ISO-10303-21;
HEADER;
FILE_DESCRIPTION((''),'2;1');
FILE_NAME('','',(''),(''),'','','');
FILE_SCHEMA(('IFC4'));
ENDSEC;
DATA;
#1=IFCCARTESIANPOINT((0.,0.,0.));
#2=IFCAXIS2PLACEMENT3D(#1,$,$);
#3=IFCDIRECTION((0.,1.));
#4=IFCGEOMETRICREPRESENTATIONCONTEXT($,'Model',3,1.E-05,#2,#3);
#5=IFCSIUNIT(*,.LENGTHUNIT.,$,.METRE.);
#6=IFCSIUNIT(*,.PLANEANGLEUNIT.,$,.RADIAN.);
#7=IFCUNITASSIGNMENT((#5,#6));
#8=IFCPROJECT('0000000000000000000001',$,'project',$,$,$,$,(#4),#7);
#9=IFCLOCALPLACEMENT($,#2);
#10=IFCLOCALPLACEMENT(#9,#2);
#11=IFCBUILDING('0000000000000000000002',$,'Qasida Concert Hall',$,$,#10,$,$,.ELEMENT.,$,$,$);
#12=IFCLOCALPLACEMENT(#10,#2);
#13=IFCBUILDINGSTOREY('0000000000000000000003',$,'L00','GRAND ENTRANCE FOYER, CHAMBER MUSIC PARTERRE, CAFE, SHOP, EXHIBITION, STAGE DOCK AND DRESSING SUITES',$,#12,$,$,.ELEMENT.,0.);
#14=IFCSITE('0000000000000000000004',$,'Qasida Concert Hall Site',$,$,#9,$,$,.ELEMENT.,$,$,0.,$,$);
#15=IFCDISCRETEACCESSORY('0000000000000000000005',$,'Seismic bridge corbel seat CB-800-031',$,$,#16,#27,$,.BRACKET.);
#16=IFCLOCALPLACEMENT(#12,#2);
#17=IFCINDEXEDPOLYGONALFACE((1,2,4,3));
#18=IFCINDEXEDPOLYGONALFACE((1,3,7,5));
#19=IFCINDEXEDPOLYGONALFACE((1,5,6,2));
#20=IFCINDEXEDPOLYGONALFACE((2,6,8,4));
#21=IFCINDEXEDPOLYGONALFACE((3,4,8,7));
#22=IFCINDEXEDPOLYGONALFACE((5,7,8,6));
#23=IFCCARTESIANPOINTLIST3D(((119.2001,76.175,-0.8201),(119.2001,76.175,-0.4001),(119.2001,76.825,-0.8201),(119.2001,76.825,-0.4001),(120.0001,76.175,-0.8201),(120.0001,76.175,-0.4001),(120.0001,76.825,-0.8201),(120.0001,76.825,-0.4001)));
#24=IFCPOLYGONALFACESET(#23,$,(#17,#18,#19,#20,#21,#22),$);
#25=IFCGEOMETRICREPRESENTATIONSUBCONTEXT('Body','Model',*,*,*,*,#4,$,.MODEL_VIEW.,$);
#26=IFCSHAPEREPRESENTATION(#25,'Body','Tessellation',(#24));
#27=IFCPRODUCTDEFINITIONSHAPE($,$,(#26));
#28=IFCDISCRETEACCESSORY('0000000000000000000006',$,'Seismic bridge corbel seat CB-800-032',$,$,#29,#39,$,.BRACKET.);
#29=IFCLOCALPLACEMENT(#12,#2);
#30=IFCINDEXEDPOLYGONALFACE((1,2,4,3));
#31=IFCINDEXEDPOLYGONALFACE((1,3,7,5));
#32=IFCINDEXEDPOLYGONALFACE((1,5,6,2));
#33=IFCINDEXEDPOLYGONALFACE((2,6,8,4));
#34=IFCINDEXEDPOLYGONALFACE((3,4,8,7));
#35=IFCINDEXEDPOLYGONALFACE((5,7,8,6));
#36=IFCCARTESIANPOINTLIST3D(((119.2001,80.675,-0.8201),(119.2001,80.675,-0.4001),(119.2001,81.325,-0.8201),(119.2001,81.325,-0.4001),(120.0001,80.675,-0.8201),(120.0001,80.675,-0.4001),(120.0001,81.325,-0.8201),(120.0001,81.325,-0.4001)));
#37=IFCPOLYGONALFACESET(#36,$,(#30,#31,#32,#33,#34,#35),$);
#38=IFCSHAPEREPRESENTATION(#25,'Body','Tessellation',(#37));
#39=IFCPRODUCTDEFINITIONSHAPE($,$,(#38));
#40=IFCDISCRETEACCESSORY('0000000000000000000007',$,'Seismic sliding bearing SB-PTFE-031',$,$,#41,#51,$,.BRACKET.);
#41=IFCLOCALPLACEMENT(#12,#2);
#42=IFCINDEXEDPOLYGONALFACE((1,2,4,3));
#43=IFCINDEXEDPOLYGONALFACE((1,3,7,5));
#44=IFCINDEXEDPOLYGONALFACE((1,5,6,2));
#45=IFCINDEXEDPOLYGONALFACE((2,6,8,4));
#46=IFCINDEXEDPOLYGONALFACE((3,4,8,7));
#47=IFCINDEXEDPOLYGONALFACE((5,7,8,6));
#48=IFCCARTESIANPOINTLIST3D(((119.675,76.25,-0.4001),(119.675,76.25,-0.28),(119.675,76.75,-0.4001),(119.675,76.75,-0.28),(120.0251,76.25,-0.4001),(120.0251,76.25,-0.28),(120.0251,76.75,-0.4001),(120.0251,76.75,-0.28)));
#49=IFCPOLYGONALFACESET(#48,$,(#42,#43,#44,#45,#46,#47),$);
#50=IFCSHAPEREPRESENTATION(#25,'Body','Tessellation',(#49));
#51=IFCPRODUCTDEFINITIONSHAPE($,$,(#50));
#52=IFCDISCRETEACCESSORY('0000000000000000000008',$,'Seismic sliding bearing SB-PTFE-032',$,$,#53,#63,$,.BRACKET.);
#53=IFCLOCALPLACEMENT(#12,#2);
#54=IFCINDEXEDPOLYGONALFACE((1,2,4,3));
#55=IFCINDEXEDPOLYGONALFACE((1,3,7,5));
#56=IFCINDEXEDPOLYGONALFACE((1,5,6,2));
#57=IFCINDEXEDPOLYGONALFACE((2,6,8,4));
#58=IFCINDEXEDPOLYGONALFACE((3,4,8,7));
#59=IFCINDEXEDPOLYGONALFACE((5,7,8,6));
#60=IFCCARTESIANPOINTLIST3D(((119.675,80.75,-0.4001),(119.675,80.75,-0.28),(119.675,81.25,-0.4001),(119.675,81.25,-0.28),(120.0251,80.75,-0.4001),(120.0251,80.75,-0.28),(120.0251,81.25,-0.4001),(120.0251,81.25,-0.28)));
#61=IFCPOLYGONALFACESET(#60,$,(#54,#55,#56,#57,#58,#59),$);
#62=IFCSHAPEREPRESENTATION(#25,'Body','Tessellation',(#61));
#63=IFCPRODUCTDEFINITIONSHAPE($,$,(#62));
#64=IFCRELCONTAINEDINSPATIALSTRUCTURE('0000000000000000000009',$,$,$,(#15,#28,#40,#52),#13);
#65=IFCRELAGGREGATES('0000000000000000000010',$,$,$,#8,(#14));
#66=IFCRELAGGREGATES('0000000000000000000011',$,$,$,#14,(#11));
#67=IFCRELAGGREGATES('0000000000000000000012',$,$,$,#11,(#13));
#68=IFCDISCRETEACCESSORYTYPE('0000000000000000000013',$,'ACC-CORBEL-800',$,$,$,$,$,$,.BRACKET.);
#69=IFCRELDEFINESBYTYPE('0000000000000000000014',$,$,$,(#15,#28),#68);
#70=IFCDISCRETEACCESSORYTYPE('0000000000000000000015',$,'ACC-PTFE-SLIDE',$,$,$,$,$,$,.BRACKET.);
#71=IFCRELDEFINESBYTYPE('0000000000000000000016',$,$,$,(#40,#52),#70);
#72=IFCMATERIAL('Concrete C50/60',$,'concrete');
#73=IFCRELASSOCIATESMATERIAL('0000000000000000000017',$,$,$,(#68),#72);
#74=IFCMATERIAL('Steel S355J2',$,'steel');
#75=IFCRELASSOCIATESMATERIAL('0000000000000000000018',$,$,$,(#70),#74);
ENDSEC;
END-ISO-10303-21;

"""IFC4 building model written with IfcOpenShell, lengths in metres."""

from ifc_helpers import new_model, si_unit, direction, frame, origin, origin_2d, place, context, subcontext, project, spatial, rectangle, extrude, material, type_object, element, save


model = new_model("IFC4")

# Units and contexts
model_context = context("Model", 3, precision=1e-05, world=origin(), true_north=direction((0.0, 1.0)))
body_context = subcontext(model_context, "Body", "Model", "MODEL_VIEW")
ifc_project = project(units=[si_unit("LENGTHUNIT", "METRE"), si_unit("PLANEANGLEUNIT", "RADIAN")], contexts=[model_context])

# Site, building, storey
site_placement = place(None, origin())
site = spatial("IfcSite", under=ifc_project, at=site_placement, Name="Qasida Concert Hall Site", CompositionType="ELEMENT", RefElevation=0.0)
building_placement = place(site_placement, origin())
building = spatial("IfcBuilding", under=site, at=building_placement, Name="Qasida Concert Hall", CompositionType="ELEMENT")
storey_placement = place(building_placement, origin())
storey = spatial("IfcBuildingStorey", under=building, at=storey_placement, Name="L00", Description="GRAND ENTRANCE FOYER, CHAMBER MUSIC PARTERRE, CAFE, SHOP, EXHIBITION, STAGE DOCK AND DRESSING SUITES", CompositionType="ELEMENT", Elevation=0.0)

# Shared definitions
ifc_material_1 = material(Name="Concrete C50/60", Category="concrete")

# Discrete accessories
discrete_accessory_type_1 = type_object("IfcDiscreteAccessoryType", Name="ACC-CORBEL-800", PredefinedType="BRACKET", material=ifc_material_1)
for number, where, z_axis, x_axis, name in (
    (1, (119.6001, 76.5, -0.8201), (0.0, 0.0, 1.0), (1.0, 0.0, 0.0), "Seismic bridge corbel seat CB-800-031"),
    (2, (119.6001, 81.0, -0.8201), (0.0, 0.0, 1.0), (1.0, 0.0, 0.0), "Seismic bridge corbel seat CB-800-032"),
):
    element("IfcDiscreteAccessory", number, at=place(storey_placement, frame(where, z_axis=z_axis, x_axis=x_axis)), inside=storey, type_object=discrete_accessory_type_1, Name=name, PredefinedType="BRACKET", context=body_context, shape_type="SweptSolid", body=[
        extrude(rectangle(XDim=0.8, YDim=0.6499, at=origin_2d()), origin(), (0.0, 0.0, 1.0), 0.4199),
    ])
ifc_material_2 = material(Name="Steel S355J2", Category="steel")
discrete_accessory_type_2 = type_object("IfcDiscreteAccessoryType", Name="ACC-PTFE-SLIDE", PredefinedType="BRACKET", material=ifc_material_2)
for number, where, z_axis, x_axis, name in (
    (3, (119.8501, 76.5, -0.4001), (0.0, 0.0, 1.0), (1.0, 0.0, 0.0), "Seismic sliding bearing SB-PTFE-031"),
    (4, (119.8501, 81.0, -0.4001), (0.0, 0.0, 1.0), (1.0, 0.0, 0.0), "Seismic sliding bearing SB-PTFE-032"),
):
    element("IfcDiscreteAccessory", number, at=place(storey_placement, frame(where, z_axis=z_axis, x_axis=x_axis)), inside=storey, type_object=discrete_accessory_type_2, Name=name, PredefinedType="BRACKET", context=body_context, shape_type="SweptSolid", body=[
        extrude(rectangle(XDim=0.3501, YDim=0.5, at=origin_2d()), origin(), (0.0, 0.0, 1.0), 0.1201),
    ])

save(model, "model.ifc")
